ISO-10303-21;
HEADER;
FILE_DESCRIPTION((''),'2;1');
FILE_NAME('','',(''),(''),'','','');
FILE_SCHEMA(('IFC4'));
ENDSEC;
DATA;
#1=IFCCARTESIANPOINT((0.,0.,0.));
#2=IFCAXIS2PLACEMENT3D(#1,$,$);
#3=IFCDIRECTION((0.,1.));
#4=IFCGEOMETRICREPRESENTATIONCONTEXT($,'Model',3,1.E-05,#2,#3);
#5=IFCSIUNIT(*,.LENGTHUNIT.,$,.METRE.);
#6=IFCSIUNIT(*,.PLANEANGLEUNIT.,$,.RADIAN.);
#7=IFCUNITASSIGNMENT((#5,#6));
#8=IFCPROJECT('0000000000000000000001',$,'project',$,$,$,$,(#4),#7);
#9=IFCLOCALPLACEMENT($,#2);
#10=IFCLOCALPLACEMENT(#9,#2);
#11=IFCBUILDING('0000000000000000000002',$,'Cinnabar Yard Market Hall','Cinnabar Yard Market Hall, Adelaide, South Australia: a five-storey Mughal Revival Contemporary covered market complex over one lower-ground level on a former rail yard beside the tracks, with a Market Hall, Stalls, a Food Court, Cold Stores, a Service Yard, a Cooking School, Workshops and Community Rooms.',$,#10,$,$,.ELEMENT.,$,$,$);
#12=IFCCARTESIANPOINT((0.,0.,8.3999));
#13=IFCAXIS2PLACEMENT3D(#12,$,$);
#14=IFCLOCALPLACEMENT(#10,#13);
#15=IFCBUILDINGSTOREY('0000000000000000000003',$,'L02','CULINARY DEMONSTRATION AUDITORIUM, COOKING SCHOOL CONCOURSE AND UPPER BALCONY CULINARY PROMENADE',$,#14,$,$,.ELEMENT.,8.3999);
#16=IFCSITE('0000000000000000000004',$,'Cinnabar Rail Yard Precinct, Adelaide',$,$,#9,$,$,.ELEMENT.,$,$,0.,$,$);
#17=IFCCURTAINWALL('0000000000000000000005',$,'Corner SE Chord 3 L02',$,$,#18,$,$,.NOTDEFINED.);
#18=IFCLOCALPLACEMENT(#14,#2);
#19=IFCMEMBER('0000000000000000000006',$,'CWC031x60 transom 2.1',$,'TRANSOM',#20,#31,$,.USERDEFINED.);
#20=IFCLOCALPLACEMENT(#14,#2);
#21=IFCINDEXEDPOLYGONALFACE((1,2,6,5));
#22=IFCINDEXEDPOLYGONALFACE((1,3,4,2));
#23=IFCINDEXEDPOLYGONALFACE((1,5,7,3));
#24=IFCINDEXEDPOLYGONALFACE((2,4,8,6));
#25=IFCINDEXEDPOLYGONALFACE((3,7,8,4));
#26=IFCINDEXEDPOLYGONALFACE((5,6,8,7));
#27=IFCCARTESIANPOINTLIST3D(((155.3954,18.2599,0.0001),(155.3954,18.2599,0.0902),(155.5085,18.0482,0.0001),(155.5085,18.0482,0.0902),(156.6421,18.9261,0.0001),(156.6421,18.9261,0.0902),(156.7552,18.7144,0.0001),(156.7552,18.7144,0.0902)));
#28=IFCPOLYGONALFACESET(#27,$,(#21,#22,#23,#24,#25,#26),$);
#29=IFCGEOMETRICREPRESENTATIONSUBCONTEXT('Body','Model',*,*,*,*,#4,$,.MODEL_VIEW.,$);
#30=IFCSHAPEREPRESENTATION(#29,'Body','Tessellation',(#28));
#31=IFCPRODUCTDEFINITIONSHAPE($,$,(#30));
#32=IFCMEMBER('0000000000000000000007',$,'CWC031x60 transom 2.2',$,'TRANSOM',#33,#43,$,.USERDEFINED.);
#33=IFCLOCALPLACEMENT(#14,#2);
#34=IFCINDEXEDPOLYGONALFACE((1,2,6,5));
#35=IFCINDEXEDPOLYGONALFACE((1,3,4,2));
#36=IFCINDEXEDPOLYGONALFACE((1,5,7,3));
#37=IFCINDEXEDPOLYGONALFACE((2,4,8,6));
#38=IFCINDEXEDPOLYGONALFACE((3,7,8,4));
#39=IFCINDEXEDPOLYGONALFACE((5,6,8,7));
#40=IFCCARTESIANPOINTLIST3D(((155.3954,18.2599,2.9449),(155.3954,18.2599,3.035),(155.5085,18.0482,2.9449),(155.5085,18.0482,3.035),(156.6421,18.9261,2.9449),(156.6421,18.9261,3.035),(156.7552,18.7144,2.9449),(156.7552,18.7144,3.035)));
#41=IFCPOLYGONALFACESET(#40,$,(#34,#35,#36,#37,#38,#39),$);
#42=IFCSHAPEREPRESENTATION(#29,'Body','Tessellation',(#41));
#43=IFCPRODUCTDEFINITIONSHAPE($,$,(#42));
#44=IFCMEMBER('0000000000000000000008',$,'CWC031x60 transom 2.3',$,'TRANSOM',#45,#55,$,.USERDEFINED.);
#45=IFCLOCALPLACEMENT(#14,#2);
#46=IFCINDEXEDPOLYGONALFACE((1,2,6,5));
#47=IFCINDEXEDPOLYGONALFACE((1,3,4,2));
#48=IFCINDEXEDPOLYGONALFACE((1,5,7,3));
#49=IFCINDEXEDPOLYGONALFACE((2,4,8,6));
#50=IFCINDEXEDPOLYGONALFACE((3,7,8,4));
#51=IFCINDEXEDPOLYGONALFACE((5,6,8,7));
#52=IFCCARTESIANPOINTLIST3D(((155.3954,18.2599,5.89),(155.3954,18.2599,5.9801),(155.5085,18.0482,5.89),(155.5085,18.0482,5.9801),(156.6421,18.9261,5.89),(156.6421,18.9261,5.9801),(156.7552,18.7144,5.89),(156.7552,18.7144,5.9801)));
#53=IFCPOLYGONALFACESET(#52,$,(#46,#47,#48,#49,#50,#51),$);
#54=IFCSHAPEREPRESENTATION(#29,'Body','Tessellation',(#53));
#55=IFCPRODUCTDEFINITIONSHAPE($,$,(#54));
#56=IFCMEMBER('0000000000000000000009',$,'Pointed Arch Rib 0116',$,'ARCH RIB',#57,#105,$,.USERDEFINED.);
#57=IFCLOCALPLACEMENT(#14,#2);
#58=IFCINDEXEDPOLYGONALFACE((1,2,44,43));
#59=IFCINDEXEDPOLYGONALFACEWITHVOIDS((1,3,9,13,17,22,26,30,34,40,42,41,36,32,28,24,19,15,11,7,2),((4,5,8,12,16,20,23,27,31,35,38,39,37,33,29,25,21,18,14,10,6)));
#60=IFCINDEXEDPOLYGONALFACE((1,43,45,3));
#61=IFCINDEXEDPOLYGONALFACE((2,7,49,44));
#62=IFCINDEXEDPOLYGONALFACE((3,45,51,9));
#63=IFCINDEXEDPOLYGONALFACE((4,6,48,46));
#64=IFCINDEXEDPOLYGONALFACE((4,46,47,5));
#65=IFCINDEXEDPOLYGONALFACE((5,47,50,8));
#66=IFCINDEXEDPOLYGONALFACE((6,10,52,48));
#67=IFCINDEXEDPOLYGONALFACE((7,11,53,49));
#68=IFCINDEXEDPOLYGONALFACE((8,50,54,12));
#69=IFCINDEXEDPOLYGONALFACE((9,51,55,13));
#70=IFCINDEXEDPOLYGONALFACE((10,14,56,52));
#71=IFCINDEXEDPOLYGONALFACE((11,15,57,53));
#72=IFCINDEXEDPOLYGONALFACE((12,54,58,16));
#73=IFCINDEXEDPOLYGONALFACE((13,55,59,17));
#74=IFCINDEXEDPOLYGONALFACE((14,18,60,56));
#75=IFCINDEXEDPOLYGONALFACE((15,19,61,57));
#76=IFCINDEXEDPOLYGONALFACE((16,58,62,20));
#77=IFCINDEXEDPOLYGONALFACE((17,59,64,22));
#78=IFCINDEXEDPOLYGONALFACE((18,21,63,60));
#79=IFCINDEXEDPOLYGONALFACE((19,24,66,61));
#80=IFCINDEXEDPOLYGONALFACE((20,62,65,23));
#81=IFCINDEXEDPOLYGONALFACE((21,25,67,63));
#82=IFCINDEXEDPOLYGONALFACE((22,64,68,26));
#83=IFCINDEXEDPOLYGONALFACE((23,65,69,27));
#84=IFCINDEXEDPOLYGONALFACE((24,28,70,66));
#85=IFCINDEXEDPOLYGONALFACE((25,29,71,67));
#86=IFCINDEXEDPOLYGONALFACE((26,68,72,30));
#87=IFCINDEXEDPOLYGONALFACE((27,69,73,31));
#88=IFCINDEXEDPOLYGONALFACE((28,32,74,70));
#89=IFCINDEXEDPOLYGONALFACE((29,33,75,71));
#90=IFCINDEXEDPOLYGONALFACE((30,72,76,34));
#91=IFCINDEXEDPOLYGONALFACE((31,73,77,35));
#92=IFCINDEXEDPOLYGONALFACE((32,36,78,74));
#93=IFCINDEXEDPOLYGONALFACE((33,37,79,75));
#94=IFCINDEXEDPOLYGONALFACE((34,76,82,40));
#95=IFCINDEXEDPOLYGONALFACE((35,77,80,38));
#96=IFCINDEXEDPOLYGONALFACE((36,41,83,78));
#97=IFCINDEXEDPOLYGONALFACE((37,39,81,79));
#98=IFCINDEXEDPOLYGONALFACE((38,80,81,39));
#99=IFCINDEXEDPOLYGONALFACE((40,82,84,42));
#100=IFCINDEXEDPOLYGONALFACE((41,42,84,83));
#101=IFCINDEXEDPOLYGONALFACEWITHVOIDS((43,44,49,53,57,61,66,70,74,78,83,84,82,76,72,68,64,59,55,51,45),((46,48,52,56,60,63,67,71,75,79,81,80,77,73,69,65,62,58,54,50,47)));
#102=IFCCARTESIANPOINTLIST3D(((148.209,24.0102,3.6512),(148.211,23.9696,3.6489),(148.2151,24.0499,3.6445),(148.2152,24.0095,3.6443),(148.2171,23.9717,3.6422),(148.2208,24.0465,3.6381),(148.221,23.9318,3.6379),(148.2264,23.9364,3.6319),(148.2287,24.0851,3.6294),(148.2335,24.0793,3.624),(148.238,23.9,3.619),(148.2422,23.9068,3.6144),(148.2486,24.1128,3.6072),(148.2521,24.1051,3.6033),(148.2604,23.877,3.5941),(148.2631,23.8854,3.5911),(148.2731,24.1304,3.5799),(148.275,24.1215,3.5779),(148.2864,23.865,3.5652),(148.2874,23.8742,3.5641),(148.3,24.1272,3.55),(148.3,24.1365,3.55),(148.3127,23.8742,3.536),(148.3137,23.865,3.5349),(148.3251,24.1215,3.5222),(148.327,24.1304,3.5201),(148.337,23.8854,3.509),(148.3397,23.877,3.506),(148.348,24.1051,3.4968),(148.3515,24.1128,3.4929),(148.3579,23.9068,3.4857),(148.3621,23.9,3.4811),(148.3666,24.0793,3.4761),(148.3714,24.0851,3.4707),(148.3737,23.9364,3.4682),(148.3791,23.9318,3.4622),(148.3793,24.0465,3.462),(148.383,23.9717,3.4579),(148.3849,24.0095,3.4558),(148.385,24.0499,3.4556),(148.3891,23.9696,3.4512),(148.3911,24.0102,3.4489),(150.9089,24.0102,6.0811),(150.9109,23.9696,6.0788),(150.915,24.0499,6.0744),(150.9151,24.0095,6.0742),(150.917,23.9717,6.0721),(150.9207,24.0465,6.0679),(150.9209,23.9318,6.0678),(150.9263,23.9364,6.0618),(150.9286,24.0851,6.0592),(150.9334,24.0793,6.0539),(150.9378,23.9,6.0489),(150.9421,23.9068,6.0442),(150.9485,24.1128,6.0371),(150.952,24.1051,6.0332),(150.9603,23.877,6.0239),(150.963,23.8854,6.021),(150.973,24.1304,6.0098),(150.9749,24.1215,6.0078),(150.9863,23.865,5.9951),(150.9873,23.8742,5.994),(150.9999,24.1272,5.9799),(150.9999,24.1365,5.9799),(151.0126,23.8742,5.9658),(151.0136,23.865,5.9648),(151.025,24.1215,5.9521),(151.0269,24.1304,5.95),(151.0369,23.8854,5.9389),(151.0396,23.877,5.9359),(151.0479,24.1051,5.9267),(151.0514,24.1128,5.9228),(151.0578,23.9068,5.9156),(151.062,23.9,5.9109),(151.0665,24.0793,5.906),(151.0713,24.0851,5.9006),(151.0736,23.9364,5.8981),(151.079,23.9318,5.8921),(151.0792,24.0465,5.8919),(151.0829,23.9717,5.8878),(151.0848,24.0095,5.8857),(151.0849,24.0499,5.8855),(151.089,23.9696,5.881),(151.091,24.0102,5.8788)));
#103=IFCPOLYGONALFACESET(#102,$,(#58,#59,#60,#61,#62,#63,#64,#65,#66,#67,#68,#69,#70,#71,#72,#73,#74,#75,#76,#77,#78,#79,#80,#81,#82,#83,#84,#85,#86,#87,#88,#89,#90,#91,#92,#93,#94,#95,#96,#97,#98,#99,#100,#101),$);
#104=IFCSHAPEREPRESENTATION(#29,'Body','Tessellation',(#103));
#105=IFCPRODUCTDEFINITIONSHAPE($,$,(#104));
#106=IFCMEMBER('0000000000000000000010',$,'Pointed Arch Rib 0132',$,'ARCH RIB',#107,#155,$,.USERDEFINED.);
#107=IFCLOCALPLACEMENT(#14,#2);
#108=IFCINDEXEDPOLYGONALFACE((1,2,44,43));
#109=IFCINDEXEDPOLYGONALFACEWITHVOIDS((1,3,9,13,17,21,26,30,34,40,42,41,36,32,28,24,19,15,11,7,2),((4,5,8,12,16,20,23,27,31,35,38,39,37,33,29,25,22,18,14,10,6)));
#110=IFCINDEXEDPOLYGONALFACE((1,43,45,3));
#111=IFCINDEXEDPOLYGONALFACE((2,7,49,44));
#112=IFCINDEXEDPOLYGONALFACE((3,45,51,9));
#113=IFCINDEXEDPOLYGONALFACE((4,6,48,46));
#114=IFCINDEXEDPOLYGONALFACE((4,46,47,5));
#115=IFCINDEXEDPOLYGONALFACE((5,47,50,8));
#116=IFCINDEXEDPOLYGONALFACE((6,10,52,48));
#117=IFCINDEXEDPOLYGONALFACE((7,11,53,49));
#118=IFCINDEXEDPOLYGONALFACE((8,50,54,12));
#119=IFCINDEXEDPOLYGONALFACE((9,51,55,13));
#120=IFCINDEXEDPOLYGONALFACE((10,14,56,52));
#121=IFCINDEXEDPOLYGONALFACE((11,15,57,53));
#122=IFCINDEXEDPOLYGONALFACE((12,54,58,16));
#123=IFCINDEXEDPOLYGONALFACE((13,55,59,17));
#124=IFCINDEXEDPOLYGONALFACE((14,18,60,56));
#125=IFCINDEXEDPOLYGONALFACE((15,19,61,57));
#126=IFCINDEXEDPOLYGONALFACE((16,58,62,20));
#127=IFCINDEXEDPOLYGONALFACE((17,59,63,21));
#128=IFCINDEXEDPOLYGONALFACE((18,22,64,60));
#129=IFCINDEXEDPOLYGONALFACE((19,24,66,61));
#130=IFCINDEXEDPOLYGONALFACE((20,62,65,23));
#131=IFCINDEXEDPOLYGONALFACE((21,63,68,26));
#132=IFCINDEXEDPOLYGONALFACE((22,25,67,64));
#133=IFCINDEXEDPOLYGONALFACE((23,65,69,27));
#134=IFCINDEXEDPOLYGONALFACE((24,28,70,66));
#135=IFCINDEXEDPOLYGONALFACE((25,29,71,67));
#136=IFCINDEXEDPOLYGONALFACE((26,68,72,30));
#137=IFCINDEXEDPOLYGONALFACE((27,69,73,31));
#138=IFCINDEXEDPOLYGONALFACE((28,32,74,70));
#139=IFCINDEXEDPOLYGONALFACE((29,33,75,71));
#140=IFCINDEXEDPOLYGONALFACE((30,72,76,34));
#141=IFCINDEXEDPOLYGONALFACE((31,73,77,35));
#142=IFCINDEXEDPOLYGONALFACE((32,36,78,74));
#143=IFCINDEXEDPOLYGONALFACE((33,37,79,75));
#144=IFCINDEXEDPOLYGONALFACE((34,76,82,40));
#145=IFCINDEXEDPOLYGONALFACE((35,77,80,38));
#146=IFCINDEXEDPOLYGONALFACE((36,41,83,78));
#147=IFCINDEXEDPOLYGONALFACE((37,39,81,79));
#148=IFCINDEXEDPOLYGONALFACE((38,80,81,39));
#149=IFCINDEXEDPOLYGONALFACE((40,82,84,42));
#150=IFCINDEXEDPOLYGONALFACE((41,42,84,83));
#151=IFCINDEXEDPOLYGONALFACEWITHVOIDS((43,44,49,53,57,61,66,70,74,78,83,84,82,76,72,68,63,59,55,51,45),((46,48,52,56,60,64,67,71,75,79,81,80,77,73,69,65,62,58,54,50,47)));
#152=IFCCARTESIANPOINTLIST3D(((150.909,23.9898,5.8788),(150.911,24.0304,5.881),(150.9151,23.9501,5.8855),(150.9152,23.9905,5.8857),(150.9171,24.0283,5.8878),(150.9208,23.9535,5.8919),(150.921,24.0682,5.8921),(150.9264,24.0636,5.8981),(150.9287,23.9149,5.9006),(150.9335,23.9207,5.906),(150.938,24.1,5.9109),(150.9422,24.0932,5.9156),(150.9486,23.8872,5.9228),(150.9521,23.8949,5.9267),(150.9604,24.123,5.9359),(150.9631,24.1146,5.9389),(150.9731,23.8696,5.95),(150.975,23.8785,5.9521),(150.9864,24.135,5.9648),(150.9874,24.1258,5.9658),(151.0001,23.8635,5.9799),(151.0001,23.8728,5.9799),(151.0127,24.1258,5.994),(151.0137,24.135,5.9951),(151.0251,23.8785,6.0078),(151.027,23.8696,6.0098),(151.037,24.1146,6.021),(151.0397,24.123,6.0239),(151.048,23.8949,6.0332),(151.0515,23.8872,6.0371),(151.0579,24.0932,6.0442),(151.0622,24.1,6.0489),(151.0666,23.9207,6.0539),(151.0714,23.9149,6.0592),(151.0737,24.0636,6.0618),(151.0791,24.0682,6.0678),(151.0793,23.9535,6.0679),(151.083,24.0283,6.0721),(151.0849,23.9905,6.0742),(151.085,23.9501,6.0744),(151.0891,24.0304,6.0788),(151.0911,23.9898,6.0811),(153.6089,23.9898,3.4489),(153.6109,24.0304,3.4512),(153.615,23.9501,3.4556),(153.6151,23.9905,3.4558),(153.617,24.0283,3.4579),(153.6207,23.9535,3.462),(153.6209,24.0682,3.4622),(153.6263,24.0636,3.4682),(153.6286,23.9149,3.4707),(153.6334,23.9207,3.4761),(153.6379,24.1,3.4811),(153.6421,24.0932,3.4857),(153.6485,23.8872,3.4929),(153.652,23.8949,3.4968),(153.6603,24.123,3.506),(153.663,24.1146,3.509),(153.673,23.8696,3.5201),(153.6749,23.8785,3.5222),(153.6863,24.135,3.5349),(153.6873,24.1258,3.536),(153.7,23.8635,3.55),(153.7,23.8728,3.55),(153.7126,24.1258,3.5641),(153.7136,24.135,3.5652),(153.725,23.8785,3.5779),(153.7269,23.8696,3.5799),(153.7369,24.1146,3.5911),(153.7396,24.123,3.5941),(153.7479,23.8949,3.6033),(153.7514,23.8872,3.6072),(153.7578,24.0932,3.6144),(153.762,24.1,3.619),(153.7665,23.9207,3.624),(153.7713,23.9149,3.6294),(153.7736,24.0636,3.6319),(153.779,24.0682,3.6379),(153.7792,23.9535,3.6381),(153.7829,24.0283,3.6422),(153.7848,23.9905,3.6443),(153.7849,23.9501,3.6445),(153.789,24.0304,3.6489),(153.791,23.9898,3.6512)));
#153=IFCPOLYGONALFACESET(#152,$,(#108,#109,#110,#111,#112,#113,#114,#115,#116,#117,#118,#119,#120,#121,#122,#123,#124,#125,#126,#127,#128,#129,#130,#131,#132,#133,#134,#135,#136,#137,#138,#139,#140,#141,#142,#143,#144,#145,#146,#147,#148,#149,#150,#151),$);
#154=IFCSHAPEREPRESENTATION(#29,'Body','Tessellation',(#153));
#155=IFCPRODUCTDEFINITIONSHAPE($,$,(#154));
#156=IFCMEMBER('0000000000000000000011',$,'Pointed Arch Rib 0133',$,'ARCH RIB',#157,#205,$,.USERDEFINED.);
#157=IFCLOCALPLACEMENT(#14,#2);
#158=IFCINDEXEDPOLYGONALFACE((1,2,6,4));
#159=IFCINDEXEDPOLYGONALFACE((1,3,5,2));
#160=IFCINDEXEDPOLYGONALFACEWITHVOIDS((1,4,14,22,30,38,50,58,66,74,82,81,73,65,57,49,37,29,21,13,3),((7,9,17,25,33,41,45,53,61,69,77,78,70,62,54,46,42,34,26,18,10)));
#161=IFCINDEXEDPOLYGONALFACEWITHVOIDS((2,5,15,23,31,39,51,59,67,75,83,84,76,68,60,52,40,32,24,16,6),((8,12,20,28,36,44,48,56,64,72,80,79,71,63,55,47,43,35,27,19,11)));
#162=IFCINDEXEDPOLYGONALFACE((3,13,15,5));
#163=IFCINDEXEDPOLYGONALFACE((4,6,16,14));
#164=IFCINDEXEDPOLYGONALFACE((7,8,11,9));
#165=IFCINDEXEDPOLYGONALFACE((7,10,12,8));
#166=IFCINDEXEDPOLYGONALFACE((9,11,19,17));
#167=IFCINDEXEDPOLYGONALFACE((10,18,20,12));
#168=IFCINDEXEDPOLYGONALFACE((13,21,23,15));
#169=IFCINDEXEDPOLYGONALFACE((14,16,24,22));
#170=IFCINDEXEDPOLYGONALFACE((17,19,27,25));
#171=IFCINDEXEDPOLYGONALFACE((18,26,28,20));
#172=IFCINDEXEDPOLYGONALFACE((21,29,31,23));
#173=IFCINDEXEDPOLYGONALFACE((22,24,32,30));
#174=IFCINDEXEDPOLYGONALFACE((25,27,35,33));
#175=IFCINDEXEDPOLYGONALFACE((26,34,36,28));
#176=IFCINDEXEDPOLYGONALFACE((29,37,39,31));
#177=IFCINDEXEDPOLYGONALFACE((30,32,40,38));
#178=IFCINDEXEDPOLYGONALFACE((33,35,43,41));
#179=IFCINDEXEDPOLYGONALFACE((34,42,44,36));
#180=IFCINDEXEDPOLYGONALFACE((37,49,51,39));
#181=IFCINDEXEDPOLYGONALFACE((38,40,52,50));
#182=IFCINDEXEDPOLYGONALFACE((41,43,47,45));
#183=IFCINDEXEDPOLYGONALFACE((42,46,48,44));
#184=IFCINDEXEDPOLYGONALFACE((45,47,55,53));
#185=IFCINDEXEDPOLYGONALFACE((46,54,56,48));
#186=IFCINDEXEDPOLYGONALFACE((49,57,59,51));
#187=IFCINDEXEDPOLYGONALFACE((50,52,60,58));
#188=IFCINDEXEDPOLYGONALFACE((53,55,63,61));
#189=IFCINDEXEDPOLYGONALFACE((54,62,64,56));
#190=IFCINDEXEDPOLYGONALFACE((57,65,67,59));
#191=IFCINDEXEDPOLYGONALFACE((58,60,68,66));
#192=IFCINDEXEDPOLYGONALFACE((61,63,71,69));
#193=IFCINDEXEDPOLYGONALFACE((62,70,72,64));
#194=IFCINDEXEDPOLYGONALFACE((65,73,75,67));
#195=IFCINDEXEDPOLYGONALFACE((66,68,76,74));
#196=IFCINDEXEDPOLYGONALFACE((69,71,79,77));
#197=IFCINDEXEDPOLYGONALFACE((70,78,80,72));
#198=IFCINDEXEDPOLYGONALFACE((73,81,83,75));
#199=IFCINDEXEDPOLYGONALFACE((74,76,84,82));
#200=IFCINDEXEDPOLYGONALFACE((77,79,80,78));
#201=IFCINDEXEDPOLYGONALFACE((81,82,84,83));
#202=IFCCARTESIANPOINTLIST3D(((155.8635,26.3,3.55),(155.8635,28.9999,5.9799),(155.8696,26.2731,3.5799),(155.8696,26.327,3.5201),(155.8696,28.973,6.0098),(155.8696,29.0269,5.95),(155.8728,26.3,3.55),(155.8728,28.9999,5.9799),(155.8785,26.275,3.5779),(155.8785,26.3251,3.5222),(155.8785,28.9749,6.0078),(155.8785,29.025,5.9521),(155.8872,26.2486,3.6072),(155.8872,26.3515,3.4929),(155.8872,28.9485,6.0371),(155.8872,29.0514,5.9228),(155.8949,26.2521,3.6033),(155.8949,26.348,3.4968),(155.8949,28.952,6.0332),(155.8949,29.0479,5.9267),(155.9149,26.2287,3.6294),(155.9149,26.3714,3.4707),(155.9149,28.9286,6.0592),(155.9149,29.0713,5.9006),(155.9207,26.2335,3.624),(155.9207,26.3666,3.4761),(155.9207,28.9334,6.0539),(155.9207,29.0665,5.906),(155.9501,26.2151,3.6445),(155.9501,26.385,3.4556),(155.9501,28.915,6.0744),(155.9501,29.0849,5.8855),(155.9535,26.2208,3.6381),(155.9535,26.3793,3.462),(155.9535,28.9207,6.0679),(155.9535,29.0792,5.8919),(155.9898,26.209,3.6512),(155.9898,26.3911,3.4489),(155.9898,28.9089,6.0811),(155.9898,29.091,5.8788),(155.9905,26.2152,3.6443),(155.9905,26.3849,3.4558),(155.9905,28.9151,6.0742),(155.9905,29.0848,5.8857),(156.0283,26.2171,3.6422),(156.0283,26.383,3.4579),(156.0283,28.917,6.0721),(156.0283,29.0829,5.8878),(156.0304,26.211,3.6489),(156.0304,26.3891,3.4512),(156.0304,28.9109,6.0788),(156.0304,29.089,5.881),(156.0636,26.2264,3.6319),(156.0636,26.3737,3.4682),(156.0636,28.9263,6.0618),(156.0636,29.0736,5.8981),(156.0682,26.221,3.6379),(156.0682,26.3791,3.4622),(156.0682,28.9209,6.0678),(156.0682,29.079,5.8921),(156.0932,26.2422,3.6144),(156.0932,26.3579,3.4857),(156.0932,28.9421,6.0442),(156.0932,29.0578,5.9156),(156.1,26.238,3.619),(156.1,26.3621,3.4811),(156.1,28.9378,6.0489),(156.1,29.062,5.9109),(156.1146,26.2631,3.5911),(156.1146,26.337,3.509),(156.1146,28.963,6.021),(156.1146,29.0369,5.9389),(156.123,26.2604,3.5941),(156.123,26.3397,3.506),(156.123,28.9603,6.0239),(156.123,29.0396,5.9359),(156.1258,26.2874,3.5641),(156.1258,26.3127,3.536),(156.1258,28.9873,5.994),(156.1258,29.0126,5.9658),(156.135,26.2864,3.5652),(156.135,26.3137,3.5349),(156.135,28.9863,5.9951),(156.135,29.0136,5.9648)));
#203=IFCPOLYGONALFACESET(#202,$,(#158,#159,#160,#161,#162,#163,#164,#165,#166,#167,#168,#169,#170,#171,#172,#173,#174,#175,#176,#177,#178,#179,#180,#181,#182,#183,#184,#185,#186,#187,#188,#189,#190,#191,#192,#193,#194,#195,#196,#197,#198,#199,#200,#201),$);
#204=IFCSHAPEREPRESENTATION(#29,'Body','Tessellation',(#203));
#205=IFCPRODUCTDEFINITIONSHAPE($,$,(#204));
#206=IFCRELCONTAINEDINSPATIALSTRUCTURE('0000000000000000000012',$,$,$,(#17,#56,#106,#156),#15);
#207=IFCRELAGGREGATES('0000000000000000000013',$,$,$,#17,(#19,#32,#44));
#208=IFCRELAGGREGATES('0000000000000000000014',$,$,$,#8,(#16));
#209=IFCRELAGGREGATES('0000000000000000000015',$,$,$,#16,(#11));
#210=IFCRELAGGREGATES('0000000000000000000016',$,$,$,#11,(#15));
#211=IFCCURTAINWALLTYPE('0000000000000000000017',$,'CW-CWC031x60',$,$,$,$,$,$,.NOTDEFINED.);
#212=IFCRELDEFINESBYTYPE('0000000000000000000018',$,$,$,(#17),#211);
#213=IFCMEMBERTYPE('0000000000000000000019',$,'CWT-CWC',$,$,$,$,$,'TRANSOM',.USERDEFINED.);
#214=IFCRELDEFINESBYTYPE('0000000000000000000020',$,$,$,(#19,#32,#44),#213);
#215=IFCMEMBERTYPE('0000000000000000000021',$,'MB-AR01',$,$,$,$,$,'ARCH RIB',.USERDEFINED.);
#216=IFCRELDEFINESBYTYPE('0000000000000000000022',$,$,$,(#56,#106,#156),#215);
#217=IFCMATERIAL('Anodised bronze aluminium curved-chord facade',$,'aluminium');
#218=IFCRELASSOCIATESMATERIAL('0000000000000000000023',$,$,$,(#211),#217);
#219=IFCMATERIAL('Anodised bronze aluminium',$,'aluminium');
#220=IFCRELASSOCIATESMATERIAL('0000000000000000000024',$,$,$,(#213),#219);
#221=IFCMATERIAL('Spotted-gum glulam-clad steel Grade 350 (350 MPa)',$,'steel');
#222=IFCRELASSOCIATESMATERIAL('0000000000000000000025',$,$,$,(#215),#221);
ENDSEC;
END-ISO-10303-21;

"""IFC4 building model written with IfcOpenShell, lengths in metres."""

from ifc_helpers import new_model, si_unit, direction, frame, origin, origin_2d_with_axis, place, context, subcontext, project, spatial, rectangle, hollow_circle, extrude, material, material_profile, profile_set, type_object, element, aggregate, save


model = new_model("IFC4")

# Units and contexts
model_context = context("Model", 3, precision=1e-05, world=origin(), true_north=direction((0.0, 1.0)))
body_context = subcontext(model_context, "Body", "Model", "MODEL_VIEW")
ifc_project = project(units=[si_unit("LENGTHUNIT", "METRE"), si_unit("PLANEANGLEUNIT", "RADIAN")], contexts=[model_context])

# Site, building, storey
site_placement = place(None, origin())
site = spatial("IfcSite", under=ifc_project, at=site_placement, Name="Cinnabar Rail Yard Precinct, Adelaide", CompositionType="ELEMENT", RefElevation=0.0)
building_placement = place(site_placement, origin())
building = spatial("IfcBuilding", under=site, at=building_placement, Name="Cinnabar Yard Market Hall", Description="Cinnabar Yard Market Hall, Adelaide, South Australia: a five-storey Mughal Revival Contemporary covered market complex over one lower-ground level on a former rail yard beside the tracks, with a Market Hall, Stalls, a Food Court, Cold Stores, a Service Yard, a Cooking School, Workshops and Community Rooms.", CompositionType="ELEMENT")
storey_placement = place(building_placement, frame((0.0, 0.0, 8.3999)))
storey = spatial("IfcBuildingStorey", under=building, at=storey_placement, Name="L02", Description="CULINARY DEMONSTRATION AUDITORIUM, COOKING SCHOOL CONCOURSE AND UPPER BALCONY CULINARY PROMENADE", CompositionType="ELEMENT", Elevation=8.3999)

# Shared definitions
ifc_material_1 = material(Name="Spotted-gum glulam-clad steel Grade 350 (350 MPa)", Category="steel")

# Curtain wall, members
ifc_material_2 = material(Name="Anodised bronze aluminium curved-chord facade", Category="aluminium")
curtain_wall_type = type_object("IfcCurtainWallType", Name="CW-CWC031x60", PredefinedType="NOTDEFINED", material=ifc_material_2)
curtain_wall_placement = place(storey_placement, origin())
curtain_wall = element("IfcCurtainWall", 1, at=curtain_wall_placement, inside=storey, type_object=curtain_wall_type, Name="Corner SE Chord 3 L02", PredefinedType="NOTDEFINED")
ifc_material_3 = material(Name="Anodised bronze aluminium", Category="aluminium")
ifc_material_profile_1 = material_profile(ifc_material_3, rectangle(XDim=0.24, YDim=0.0901, at=origin_2d_with_axis()), Name="TRN-CWC")
ifc_profile_set_1 = profile_set([ifc_material_profile_1], Name="Anodised bronze aluminium")
member_type_1 = type_object("IfcMemberType", Name="CWT-CWC", ElementType="TRANSOM", PredefinedType="USERDEFINED", material=ifc_profile_set_1)
member_1_placement = place(storey_placement, frame((155.4519, 18.1541, 0.0452), z_axis=(0.881975, 0.471296, 0.0), x_axis=(-0.471296, 0.881975, 0.0)))
member_1 = element("IfcMember", 2, at=member_1_placement, type_object=member_type_1, Name="CWC031x60 transom 2.1", ObjectType="TRANSOM", PredefinedType="USERDEFINED", context=body_context, shape_type="SweptSolid", body=[
    extrude(rectangle(XDim=0.24, YDim=0.0901, at=origin_2d_with_axis()), origin(), (0.0, 0.0, 1.0), 1.4136),
])
member_2_placement = place(storey_placement, frame((155.4519, 18.1541, 2.99), z_axis=(0.881975, 0.471296, 0.0), x_axis=(-0.471296, 0.881975, 0.0)))
member_2 = element("IfcMember", 3, at=member_2_placement, type_object=member_type_1, Name="CWC031x60 transom 2.2", ObjectType="TRANSOM", PredefinedType="USERDEFINED", context=body_context, shape_type="SweptSolid", body=[
    extrude(rectangle(XDim=0.24, YDim=0.0901, at=origin_2d_with_axis()), origin(), (0.0, 0.0, 1.0), 1.4136),
])
member_3_placement = place(storey_placement, frame((155.4519, 18.1541, 5.9351), z_axis=(0.881975, 0.471296, 0.0), x_axis=(-0.471296, 0.881975, 0.0)))
member_3 = element("IfcMember", 4, at=member_3_placement, type_object=member_type_1, Name="CWC031x60 transom 2.3", ObjectType="TRANSOM", PredefinedType="USERDEFINED", context=body_context, shape_type="SweptSolid", body=[
    extrude(rectangle(XDim=0.24, YDim=0.0901, at=origin_2d_with_axis()), origin(), (0.0, 0.0, 1.0), 1.4136),
])

# Members
ifc_material_profile_2 = material_profile(ifc_material_1, hollow_circle(Radius=0.1365, WallThickness=0.0093, at=origin_2d_with_axis()), Name="273.1x9.3CHS")
ifc_profile_set_2 = profile_set([ifc_material_profile_2], Name="Spotted-gum glulam-clad steel Grade 350 (350 MPa)")
member_type_2 = type_object("IfcMemberType", Name="MB-AR01", ElementType="ARCH RIB", PredefinedType="USERDEFINED", material=ifc_profile_set_2)
for number, where, z_axis, x_axis, name in (
    (5, (148.3, 24.0, 3.55), (0.743297, 0.0, 0.668961), (0.0, 1.0, 0.0), "Pointed Arch Rib 0116"),
    (6, (153.7, 24.0, 3.55), (-0.743297, 0.0, 0.668961), (0.0, -1.0, 0.0), "Pointed Arch Rib 0132"),
    (7, (156.0, 26.3, 3.55), (0.0, 0.743297, 0.668961), (-1.0, 0.0, 0.0), "Pointed Arch Rib 0133"),
):
    element("IfcMember", number, at=place(storey_placement, frame(where, z_axis=z_axis, x_axis=x_axis)), inside=storey, type_object=member_type_2, Name=name, ObjectType="ARCH RIB", PredefinedType="USERDEFINED", context=body_context, shape_type="SweptSolid", body=[
        extrude(hollow_circle(Radius=0.1365, WallThickness=0.0093, at=origin_2d_with_axis()), origin(), (0.0, 0.0, 1.0), 3.6323),
    ])

aggregate(curtain_wall, [member_1, member_2, member_3])

save(model, "model.ifc")
